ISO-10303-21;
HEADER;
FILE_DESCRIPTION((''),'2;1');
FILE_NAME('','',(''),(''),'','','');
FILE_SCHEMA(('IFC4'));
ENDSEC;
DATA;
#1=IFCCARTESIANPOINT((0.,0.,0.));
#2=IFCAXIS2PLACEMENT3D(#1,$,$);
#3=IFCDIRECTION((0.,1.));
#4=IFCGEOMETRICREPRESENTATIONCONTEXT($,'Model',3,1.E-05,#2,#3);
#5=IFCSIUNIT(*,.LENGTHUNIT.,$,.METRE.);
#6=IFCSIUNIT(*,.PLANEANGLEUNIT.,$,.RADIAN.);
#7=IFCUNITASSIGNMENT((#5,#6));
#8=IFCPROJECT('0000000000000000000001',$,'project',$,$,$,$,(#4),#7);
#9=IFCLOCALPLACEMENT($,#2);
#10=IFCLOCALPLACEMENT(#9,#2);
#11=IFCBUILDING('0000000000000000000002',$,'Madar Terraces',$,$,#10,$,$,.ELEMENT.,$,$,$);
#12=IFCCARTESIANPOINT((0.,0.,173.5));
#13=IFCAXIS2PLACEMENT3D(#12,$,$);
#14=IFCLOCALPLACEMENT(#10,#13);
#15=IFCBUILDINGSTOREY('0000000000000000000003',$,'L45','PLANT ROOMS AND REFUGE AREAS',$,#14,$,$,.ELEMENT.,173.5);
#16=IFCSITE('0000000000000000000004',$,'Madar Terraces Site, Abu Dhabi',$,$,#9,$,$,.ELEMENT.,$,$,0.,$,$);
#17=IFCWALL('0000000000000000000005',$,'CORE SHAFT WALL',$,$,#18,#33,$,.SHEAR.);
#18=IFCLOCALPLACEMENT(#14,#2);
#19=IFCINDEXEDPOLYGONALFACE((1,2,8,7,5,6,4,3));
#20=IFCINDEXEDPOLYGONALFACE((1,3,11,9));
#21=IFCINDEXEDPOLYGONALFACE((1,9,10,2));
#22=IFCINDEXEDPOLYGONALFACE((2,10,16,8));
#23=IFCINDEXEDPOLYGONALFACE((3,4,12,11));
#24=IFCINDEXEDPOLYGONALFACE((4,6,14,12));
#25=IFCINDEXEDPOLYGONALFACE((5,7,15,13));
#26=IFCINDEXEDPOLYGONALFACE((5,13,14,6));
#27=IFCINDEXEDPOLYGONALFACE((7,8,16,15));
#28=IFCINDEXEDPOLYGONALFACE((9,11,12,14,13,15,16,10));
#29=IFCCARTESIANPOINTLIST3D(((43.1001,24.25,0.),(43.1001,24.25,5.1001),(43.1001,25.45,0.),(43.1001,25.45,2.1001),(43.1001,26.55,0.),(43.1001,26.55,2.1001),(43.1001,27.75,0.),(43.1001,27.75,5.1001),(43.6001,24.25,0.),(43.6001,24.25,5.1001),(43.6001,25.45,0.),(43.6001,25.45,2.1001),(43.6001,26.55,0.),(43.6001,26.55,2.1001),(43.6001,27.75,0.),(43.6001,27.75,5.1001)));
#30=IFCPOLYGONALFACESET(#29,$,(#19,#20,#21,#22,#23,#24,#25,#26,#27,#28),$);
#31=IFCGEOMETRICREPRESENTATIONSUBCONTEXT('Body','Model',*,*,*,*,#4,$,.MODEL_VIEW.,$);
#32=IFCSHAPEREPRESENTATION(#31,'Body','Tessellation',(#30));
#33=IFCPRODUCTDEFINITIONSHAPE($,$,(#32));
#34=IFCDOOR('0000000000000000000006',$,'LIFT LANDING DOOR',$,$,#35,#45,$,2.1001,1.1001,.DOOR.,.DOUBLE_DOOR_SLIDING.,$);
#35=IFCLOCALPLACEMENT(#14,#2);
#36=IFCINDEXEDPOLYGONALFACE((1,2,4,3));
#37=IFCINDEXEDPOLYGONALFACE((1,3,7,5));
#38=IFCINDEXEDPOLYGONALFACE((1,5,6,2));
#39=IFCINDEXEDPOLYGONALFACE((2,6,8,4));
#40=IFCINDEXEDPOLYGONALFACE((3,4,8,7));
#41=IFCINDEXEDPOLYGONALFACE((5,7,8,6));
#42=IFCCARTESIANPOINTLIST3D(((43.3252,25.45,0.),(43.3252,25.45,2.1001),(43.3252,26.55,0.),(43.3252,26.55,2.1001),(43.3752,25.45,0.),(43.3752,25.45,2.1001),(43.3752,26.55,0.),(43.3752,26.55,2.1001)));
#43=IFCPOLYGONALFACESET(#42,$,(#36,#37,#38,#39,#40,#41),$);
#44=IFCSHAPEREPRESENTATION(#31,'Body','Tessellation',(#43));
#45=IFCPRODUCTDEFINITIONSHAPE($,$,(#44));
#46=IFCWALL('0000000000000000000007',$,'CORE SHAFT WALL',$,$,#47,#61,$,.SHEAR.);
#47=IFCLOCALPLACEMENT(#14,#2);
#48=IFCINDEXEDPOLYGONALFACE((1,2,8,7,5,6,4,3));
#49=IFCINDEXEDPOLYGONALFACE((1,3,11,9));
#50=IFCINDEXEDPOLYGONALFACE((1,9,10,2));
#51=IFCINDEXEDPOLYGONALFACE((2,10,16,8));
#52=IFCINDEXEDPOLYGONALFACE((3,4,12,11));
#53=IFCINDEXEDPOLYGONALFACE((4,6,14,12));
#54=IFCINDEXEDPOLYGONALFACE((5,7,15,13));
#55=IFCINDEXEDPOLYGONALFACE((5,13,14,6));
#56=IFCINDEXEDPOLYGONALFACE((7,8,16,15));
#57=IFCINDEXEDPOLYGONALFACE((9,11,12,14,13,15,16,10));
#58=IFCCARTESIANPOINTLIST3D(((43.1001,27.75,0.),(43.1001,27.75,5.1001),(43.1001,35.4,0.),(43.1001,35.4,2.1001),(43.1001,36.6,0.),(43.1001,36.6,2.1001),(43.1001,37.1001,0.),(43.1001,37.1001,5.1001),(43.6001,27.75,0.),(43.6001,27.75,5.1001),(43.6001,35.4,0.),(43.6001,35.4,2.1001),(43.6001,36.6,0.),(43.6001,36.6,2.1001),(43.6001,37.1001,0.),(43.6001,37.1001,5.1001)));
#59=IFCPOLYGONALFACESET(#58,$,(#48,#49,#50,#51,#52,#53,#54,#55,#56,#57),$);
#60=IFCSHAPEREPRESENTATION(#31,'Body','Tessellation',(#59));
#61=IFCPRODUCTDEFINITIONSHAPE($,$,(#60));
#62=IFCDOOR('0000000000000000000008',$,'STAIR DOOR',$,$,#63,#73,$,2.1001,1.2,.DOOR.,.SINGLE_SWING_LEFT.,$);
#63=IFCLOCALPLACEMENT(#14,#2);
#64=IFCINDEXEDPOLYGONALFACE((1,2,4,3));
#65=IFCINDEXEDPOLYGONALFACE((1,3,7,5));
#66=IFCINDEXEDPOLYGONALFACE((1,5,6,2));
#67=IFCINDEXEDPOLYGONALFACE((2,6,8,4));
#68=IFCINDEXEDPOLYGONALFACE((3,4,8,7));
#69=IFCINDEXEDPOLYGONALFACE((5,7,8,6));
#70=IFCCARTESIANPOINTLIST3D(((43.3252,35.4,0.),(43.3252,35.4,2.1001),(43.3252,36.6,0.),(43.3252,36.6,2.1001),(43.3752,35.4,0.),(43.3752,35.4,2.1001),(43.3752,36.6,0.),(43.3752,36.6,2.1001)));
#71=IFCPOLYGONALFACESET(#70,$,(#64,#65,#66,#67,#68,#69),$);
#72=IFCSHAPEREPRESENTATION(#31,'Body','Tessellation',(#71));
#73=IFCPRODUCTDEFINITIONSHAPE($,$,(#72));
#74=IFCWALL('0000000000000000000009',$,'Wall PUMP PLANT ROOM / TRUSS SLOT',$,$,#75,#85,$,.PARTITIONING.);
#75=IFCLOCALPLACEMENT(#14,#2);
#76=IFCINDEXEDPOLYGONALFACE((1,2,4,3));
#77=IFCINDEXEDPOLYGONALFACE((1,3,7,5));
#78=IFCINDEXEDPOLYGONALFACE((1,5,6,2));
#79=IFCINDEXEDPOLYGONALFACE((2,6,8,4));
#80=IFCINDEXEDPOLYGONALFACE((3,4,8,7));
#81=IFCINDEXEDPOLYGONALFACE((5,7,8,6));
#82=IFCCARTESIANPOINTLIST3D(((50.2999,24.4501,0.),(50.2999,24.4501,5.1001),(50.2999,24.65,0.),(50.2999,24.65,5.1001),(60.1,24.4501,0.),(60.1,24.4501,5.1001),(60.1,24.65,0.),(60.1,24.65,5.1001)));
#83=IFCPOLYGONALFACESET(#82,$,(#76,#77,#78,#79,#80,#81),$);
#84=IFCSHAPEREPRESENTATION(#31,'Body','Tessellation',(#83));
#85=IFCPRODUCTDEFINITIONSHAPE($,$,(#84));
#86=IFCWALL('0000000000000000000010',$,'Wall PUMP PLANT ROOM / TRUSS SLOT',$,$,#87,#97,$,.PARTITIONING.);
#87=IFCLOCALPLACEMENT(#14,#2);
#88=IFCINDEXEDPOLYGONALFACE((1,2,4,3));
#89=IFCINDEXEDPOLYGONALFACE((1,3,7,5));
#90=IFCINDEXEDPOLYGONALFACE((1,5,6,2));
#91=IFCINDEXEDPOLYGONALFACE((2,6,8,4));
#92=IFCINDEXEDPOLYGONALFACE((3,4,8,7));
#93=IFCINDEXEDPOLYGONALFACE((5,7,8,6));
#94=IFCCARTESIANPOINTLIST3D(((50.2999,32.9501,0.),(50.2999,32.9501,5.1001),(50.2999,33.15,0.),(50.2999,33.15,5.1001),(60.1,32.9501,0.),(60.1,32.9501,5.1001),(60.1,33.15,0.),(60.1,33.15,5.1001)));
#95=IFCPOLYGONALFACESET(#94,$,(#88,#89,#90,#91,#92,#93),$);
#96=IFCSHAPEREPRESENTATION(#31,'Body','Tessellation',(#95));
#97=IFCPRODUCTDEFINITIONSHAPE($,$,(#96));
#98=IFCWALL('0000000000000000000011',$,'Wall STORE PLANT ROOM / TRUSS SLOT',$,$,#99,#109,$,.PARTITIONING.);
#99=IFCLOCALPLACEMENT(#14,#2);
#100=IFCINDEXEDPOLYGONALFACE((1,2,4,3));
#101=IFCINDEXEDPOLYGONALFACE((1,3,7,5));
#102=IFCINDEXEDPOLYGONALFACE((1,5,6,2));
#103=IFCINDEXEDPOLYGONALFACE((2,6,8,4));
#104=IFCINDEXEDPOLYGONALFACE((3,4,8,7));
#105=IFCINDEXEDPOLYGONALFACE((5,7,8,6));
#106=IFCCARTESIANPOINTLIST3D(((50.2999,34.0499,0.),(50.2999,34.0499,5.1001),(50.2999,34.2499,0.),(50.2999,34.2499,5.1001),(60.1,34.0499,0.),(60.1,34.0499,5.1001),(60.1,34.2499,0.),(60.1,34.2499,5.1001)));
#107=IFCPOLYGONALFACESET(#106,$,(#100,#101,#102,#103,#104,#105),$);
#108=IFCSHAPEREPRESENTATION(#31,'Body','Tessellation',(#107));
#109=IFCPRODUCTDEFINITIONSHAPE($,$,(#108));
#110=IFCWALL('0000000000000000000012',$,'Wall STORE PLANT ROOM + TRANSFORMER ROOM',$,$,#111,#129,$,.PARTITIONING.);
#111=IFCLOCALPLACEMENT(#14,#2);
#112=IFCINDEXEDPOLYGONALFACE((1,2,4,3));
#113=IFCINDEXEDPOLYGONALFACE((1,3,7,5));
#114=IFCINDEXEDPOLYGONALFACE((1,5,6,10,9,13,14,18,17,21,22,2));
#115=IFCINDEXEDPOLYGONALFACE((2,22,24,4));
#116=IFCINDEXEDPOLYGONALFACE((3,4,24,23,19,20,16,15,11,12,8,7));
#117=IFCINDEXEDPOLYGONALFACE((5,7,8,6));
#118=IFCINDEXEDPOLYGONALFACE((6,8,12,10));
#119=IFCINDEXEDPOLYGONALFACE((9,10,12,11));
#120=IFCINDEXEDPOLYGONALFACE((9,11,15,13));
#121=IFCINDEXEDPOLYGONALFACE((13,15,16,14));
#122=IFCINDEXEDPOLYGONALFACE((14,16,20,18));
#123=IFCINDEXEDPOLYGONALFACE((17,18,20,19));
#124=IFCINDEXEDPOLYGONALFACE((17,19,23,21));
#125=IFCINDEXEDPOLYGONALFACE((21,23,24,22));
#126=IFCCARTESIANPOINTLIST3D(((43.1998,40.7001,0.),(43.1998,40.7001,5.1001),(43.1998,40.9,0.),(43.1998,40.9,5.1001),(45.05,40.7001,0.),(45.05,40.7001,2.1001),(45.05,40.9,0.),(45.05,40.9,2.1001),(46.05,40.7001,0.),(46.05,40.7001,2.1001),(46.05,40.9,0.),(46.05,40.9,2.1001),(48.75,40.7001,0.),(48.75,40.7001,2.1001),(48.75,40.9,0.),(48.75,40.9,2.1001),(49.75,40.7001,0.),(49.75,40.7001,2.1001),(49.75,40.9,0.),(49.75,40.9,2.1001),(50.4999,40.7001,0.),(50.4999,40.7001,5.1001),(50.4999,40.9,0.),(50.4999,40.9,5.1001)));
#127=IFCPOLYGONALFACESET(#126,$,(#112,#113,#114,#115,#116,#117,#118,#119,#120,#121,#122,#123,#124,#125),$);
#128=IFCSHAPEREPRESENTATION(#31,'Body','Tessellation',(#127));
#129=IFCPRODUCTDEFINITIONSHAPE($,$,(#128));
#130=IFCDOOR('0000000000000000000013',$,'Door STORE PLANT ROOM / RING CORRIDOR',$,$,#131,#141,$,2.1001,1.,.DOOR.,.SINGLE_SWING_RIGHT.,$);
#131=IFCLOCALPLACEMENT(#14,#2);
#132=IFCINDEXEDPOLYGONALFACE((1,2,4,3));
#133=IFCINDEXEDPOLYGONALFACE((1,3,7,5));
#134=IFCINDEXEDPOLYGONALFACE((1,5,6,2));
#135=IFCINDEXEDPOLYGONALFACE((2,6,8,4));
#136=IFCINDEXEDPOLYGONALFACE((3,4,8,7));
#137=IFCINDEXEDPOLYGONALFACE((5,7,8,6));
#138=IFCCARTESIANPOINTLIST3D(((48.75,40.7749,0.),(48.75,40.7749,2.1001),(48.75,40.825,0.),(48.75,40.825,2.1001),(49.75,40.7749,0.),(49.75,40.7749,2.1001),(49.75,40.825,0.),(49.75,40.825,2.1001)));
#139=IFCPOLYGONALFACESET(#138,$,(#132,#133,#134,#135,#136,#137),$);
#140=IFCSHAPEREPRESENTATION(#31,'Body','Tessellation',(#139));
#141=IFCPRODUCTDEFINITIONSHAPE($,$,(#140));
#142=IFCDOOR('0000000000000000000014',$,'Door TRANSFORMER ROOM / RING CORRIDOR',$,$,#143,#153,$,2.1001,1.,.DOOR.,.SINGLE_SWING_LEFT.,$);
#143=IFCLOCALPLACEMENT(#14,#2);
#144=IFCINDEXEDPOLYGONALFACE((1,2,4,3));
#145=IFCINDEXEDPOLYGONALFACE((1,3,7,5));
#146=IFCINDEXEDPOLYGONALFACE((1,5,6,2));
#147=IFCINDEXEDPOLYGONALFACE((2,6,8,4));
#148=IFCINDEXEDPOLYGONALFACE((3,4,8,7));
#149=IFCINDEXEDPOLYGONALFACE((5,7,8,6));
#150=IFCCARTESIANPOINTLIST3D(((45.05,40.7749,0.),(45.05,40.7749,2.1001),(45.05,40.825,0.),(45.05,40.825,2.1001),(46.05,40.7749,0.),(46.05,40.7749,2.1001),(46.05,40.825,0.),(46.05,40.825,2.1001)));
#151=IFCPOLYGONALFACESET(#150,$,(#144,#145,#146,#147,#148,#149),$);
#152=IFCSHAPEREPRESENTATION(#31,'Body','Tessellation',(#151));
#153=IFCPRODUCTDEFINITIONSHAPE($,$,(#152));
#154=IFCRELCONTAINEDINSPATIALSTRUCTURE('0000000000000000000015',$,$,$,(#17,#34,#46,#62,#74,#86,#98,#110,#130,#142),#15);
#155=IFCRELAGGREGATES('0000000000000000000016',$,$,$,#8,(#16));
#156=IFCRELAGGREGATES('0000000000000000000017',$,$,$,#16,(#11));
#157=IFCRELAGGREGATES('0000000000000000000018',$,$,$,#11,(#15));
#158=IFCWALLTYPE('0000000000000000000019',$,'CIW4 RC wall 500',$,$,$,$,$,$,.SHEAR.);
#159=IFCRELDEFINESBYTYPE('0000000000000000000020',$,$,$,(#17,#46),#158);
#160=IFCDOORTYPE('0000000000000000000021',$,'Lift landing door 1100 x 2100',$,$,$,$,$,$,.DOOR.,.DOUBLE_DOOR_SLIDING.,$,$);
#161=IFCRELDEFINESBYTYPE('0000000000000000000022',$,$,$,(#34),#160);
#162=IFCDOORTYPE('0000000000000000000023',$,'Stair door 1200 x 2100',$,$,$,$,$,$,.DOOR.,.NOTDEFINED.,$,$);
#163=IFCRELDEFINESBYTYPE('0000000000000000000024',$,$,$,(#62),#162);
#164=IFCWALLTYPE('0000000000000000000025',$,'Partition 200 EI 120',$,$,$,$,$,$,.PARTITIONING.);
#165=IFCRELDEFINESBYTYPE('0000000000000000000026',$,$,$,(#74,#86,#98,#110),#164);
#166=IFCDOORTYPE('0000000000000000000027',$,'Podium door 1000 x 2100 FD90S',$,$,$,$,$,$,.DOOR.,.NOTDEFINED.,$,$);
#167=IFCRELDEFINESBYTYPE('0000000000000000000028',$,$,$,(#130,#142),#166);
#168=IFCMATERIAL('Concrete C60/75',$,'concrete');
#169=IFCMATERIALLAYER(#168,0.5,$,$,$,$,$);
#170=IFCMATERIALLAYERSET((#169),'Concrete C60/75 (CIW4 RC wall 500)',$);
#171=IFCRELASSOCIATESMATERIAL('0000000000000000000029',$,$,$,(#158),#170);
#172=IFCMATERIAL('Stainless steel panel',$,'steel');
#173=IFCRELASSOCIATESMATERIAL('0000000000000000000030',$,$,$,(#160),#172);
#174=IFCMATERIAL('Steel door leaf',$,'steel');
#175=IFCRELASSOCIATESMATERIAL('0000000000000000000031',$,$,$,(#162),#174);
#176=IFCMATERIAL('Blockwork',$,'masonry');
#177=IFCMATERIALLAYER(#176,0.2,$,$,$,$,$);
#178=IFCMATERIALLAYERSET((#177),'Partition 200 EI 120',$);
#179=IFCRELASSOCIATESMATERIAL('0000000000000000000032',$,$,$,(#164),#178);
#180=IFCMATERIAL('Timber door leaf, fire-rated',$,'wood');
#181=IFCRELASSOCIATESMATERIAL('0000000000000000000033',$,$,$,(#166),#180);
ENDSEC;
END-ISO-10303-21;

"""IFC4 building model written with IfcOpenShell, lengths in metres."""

from ifc_helpers import new_model, si_unit, direction, frame, frame_2d, origin, place, context, subcontext, project, spatial, rectangle, extrude, material, layer, layer_set, type_object, element, fill, save


model = new_model("IFC4")

# Units and contexts
model_context = context("Model", 3, precision=1e-05, world=origin(), true_north=direction((0.0, 1.0)))
body_context = subcontext(model_context, "Body", "Model", "MODEL_VIEW")
ifc_project = project(units=[si_unit("LENGTHUNIT", "METRE"), si_unit("PLANEANGLEUNIT", "RADIAN")], contexts=[model_context])

# Site, building, storey
site_placement = place(None, origin())
site = spatial("IfcSite", under=ifc_project, at=site_placement, Name="Madar Terraces Site, Abu Dhabi", CompositionType="ELEMENT", RefElevation=0.0)
building_placement = place(site_placement, origin())
building = spatial("IfcBuilding", under=site, at=building_placement, Name="Madar Terraces", CompositionType="ELEMENT")
storey_placement = place(building_placement, frame((0.0, 0.0, 173.5)))
storey = spatial("IfcBuildingStorey", under=building, at=storey_placement, Name="L45", Description="PLANT ROOMS AND REFUGE AREAS", CompositionType="ELEMENT", Elevation=173.5)

# Walls, openings, doors
ifc_material_1 = material(Name="Concrete C60/75", Category="concrete")
ifc_layer_1 = layer(ifc_material_1, 0.5)
ifc_layer_set_1 = layer_set([ifc_layer_1], Name="Concrete C60/75 (CIW4 RC wall 500)")
wall_type_1 = type_object("IfcWallType", Name="CIW4 RC wall 500", PredefinedType="SHEAR", material=ifc_layer_set_1)
wall_1_placement = place(storey_placement, frame((43.3501, 24.25, 0.0), z_axis=(0.0, 0.0, 1.0), x_axis=(0.0, 1.0, 0.0)))
wall_1 = element("IfcWall", 1, at=wall_1_placement, inside=storey, type_object=wall_type_1, Name="CORE SHAFT WALL", PredefinedType="SHEAR", context=body_context, shape_type="SweptSolid", body=[
    extrude(rectangle(XDim=3.5, YDim=0.5, at=frame_2d((1.75, 0.0))), origin(), (0.0, 0.0, 1.0), 5.1001),
])
opening_1_placement = place(wall_1_placement, frame((1.2, 0.0, 0.0)))
opening_1 = element("IfcOpeningElement", 2, at=opening_1_placement, cuts=wall_1, PredefinedType="OPENING", context=body_context, shape_type="SweptSolid", body=[
    extrude(rectangle(XDim=1.1001, YDim=2.1001, at=frame_2d((0.55, 1.05))), frame((0.0, 0.26, 0.0), z_axis=(0.0, -1.0, 0.0), x_axis=(1.0, 0.0, 0.0)), (0.0, 0.0, 1.0), 0.52),
])
ifc_material_2 = material(Name="Stainless steel panel", Category="steel")
door_type_1 = type_object("IfcDoorType", Name="Lift landing door 1100 x 2100", OperationType="DOUBLE_DOOR_SLIDING", PredefinedType="DOOR", material=ifc_material_2)
door_1_placement = place(opening_1_placement, origin())
door_1 = element("IfcDoor", 3, at=door_1_placement, inside=storey, type_object=door_type_1, Name="LIFT LANDING DOOR", OperationType="DOUBLE_DOOR_SLIDING", OverallHeight=2.1001, OverallWidth=1.1001, PredefinedType="DOOR", context=body_context, shape_type="SweptSolid", body=[
    extrude(rectangle(XDim=1.1001, YDim=2.1001, at=frame_2d((0.55, 1.05))), frame((0.0, 0.0249, 0.0), z_axis=(0.0, -1.0, 0.0), x_axis=(1.0, 0.0, 0.0)), (0.0, 0.0, 1.0), 0.05),
])
fill(opening_1, door_1)
wall_2_placement = place(storey_placement, frame((43.3501, 27.75, 0.0), z_axis=(0.0, 0.0, 1.0), x_axis=(0.0, 1.0, 0.0)))
wall_2 = element("IfcWall", 4, at=wall_2_placement, inside=storey, type_object=wall_type_1, Name="CORE SHAFT WALL", PredefinedType="SHEAR", context=body_context, shape_type="SweptSolid", body=[
    extrude(rectangle(XDim=9.3501, YDim=0.5, at=frame_2d((4.675, 0.0))), origin(), (0.0, 0.0, 1.0), 5.1001),
])
opening_2_placement = place(wall_2_placement, frame((7.6499, 0.0, 0.0)))
opening_2 = element("IfcOpeningElement", 5, at=opening_2_placement, cuts=wall_2, PredefinedType="OPENING", context=body_context, shape_type="SweptSolid", body=[
    extrude(rectangle(XDim=1.2, YDim=2.1001, at=frame_2d((0.6001, 1.05))), frame((0.0, 0.26, 0.0), z_axis=(0.0, -1.0, 0.0), x_axis=(1.0, 0.0, 0.0)), (0.0, 0.0, 1.0), 0.52),
])
ifc_material_3 = material(Name="Steel door leaf", Category="steel")
door_type_2 = type_object("IfcDoorType", Name="Stair door 1200 x 2100", OperationType="NOTDEFINED", PredefinedType="DOOR", material=ifc_material_3)
door_2_placement = place(opening_2_placement, origin())
door_2 = element("IfcDoor", 6, at=door_2_placement, inside=storey, type_object=door_type_2, Name="STAIR DOOR", OperationType="SINGLE_SWING_LEFT", OverallHeight=2.1001, OverallWidth=1.2, PredefinedType="DOOR", context=body_context, shape_type="SweptSolid", body=[
    extrude(rectangle(XDim=1.2, YDim=2.1001, at=frame_2d((0.6001, 1.05))), frame((0.0, 0.0249, 0.0), z_axis=(0.0, -1.0, 0.0), x_axis=(1.0, 0.0, 0.0)), (0.0, 0.0, 1.0), 0.05),
])
fill(opening_2, door_2)

# Walls
ifc_material_4 = material(Name="Blockwork", Category="masonry")
ifc_layer_2 = layer(ifc_material_4, 0.2)
ifc_layer_set_2 = layer_set([ifc_layer_2], Name="Partition 200 EI 120")
wall_type_2 = type_object("IfcWallType", Name="Partition 200 EI 120", PredefinedType="PARTITIONING", material=ifc_layer_set_2)
for number, where, z_axis, x_axis, name in (
    (7, (50.3, 24.55, 0.0), (0.0, 0.0, 1.0), (1.0, 0.0, 0.0), "Wall PUMP PLANT ROOM / TRUSS SLOT"),
    (8, (50.3, 33.05, 0.0), (0.0, 0.0, 1.0), (1.0, 0.0, 0.0), "Wall PUMP PLANT ROOM / TRUSS SLOT"),
    (9, (50.3, 34.1499, 0.0), (0.0, 0.0, 1.0), (1.0, 0.0, 0.0), "Wall STORE PLANT ROOM / TRUSS SLOT"),
):
    element("IfcWall", number, at=place(storey_placement, frame(where, z_axis=z_axis, x_axis=x_axis)), inside=storey, type_object=wall_type_2, Name=name, PredefinedType="PARTITIONING", context=body_context, shape_type="SweptSolid", body=[
        extrude(rectangle(XDim=9.8, YDim=0.2, at=frame_2d((4.8999, 0.0))), origin(), (0.0, 0.0, 1.0), 5.1001),
    ])

# Wall, openings, doors
wall_3_placement = place(storey_placement, frame((43.2, 40.8, 0.0), z_axis=(0.0, 0.0, 1.0), x_axis=(1.0, 0.0, 0.0)))
wall_3 = element("IfcWall", 10, at=wall_3_placement, inside=storey, type_object=wall_type_2, Name="Wall STORE PLANT ROOM + TRANSFORMER ROOM", PredefinedType="PARTITIONING", context=body_context, shape_type="SweptSolid", body=[
    extrude(rectangle(XDim=7.3, YDim=0.2, at=frame_2d((3.6499, 0.0))), origin(), (0.0, 0.0, 1.0), 5.1001),
])
opening_3_placement = place(wall_3_placement, frame((5.55, 0.0, 0.0)))
opening_3 = element("IfcOpeningElement", 11, at=opening_3_placement, cuts=wall_3, PredefinedType="OPENING", context=body_context, shape_type="SweptSolid", body=[
    extrude(rectangle(XDim=1.0, YDim=2.1001, at=frame_2d((0.5, 1.05))), frame((0.0, 0.1099, 0.0), z_axis=(0.0, -1.0, 0.0), x_axis=(1.0, 0.0, 0.0)), (0.0, 0.0, 1.0), 0.22),
])
opening_4_placement = place(wall_3_placement, frame((1.8501, 0.0, 0.0)))
opening_4 = element("IfcOpeningElement", 12, at=opening_4_placement, cuts=wall_3, PredefinedType="OPENING", context=body_context, shape_type="SweptSolid", body=[
    extrude(rectangle(XDim=1.0, YDim=2.1001, at=frame_2d((0.5, 1.05))), frame((0.0, 0.1099, 0.0), z_axis=(0.0, -1.0, 0.0), x_axis=(1.0, 0.0, 0.0)), (0.0, 0.0, 1.0), 0.22),
])
ifc_material_5 = material(Name="Timber door leaf, fire-rated", Category="wood")
door_type_3 = type_object("IfcDoorType", Name="Podium door 1000 x 2100 FD90S", OperationType="NOTDEFINED", PredefinedType="DOOR", material=ifc_material_5)
door_3_placement = place(opening_3_placement, origin())
door_3 = element("IfcDoor", 13, at=door_3_placement, inside=storey, type_object=door_type_3, Name="Door STORE PLANT ROOM / RING CORRIDOR", OperationType="SINGLE_SWING_RIGHT", OverallHeight=2.1001, OverallWidth=1.0, PredefinedType="DOOR", context=body_context, shape_type="SweptSolid", body=[
    extrude(rectangle(XDim=1.0, YDim=2.1001, at=frame_2d((0.5, 1.05))), frame((0.0, 0.0249, 0.0), z_axis=(0.0, -1.0, 0.0), x_axis=(1.0, 0.0, 0.0)), (0.0, 0.0, 1.0), 0.05),
])
fill(opening_3, door_3)
door_4_placement = place(opening_4_placement, origin())
door_4 = element("IfcDoor", 14, at=door_4_placement, inside=storey, type_object=door_type_3, Name="Door TRANSFORMER ROOM / RING CORRIDOR", OperationType="SINGLE_SWING_LEFT", OverallHeight=2.1001, OverallWidth=1.0, PredefinedType="DOOR", context=body_context, shape_type="SweptSolid", body=[
    extrude(rectangle(XDim=1.0, YDim=2.1001, at=frame_2d((0.5, 1.05))), frame((0.0, 0.0249, 0.0), z_axis=(0.0, -1.0, 0.0), x_axis=(1.0, 0.0, 0.0)), (0.0, 0.0, 1.0), 0.05),
])
fill(opening_4, door_4)

save(model, "model.ifc")
